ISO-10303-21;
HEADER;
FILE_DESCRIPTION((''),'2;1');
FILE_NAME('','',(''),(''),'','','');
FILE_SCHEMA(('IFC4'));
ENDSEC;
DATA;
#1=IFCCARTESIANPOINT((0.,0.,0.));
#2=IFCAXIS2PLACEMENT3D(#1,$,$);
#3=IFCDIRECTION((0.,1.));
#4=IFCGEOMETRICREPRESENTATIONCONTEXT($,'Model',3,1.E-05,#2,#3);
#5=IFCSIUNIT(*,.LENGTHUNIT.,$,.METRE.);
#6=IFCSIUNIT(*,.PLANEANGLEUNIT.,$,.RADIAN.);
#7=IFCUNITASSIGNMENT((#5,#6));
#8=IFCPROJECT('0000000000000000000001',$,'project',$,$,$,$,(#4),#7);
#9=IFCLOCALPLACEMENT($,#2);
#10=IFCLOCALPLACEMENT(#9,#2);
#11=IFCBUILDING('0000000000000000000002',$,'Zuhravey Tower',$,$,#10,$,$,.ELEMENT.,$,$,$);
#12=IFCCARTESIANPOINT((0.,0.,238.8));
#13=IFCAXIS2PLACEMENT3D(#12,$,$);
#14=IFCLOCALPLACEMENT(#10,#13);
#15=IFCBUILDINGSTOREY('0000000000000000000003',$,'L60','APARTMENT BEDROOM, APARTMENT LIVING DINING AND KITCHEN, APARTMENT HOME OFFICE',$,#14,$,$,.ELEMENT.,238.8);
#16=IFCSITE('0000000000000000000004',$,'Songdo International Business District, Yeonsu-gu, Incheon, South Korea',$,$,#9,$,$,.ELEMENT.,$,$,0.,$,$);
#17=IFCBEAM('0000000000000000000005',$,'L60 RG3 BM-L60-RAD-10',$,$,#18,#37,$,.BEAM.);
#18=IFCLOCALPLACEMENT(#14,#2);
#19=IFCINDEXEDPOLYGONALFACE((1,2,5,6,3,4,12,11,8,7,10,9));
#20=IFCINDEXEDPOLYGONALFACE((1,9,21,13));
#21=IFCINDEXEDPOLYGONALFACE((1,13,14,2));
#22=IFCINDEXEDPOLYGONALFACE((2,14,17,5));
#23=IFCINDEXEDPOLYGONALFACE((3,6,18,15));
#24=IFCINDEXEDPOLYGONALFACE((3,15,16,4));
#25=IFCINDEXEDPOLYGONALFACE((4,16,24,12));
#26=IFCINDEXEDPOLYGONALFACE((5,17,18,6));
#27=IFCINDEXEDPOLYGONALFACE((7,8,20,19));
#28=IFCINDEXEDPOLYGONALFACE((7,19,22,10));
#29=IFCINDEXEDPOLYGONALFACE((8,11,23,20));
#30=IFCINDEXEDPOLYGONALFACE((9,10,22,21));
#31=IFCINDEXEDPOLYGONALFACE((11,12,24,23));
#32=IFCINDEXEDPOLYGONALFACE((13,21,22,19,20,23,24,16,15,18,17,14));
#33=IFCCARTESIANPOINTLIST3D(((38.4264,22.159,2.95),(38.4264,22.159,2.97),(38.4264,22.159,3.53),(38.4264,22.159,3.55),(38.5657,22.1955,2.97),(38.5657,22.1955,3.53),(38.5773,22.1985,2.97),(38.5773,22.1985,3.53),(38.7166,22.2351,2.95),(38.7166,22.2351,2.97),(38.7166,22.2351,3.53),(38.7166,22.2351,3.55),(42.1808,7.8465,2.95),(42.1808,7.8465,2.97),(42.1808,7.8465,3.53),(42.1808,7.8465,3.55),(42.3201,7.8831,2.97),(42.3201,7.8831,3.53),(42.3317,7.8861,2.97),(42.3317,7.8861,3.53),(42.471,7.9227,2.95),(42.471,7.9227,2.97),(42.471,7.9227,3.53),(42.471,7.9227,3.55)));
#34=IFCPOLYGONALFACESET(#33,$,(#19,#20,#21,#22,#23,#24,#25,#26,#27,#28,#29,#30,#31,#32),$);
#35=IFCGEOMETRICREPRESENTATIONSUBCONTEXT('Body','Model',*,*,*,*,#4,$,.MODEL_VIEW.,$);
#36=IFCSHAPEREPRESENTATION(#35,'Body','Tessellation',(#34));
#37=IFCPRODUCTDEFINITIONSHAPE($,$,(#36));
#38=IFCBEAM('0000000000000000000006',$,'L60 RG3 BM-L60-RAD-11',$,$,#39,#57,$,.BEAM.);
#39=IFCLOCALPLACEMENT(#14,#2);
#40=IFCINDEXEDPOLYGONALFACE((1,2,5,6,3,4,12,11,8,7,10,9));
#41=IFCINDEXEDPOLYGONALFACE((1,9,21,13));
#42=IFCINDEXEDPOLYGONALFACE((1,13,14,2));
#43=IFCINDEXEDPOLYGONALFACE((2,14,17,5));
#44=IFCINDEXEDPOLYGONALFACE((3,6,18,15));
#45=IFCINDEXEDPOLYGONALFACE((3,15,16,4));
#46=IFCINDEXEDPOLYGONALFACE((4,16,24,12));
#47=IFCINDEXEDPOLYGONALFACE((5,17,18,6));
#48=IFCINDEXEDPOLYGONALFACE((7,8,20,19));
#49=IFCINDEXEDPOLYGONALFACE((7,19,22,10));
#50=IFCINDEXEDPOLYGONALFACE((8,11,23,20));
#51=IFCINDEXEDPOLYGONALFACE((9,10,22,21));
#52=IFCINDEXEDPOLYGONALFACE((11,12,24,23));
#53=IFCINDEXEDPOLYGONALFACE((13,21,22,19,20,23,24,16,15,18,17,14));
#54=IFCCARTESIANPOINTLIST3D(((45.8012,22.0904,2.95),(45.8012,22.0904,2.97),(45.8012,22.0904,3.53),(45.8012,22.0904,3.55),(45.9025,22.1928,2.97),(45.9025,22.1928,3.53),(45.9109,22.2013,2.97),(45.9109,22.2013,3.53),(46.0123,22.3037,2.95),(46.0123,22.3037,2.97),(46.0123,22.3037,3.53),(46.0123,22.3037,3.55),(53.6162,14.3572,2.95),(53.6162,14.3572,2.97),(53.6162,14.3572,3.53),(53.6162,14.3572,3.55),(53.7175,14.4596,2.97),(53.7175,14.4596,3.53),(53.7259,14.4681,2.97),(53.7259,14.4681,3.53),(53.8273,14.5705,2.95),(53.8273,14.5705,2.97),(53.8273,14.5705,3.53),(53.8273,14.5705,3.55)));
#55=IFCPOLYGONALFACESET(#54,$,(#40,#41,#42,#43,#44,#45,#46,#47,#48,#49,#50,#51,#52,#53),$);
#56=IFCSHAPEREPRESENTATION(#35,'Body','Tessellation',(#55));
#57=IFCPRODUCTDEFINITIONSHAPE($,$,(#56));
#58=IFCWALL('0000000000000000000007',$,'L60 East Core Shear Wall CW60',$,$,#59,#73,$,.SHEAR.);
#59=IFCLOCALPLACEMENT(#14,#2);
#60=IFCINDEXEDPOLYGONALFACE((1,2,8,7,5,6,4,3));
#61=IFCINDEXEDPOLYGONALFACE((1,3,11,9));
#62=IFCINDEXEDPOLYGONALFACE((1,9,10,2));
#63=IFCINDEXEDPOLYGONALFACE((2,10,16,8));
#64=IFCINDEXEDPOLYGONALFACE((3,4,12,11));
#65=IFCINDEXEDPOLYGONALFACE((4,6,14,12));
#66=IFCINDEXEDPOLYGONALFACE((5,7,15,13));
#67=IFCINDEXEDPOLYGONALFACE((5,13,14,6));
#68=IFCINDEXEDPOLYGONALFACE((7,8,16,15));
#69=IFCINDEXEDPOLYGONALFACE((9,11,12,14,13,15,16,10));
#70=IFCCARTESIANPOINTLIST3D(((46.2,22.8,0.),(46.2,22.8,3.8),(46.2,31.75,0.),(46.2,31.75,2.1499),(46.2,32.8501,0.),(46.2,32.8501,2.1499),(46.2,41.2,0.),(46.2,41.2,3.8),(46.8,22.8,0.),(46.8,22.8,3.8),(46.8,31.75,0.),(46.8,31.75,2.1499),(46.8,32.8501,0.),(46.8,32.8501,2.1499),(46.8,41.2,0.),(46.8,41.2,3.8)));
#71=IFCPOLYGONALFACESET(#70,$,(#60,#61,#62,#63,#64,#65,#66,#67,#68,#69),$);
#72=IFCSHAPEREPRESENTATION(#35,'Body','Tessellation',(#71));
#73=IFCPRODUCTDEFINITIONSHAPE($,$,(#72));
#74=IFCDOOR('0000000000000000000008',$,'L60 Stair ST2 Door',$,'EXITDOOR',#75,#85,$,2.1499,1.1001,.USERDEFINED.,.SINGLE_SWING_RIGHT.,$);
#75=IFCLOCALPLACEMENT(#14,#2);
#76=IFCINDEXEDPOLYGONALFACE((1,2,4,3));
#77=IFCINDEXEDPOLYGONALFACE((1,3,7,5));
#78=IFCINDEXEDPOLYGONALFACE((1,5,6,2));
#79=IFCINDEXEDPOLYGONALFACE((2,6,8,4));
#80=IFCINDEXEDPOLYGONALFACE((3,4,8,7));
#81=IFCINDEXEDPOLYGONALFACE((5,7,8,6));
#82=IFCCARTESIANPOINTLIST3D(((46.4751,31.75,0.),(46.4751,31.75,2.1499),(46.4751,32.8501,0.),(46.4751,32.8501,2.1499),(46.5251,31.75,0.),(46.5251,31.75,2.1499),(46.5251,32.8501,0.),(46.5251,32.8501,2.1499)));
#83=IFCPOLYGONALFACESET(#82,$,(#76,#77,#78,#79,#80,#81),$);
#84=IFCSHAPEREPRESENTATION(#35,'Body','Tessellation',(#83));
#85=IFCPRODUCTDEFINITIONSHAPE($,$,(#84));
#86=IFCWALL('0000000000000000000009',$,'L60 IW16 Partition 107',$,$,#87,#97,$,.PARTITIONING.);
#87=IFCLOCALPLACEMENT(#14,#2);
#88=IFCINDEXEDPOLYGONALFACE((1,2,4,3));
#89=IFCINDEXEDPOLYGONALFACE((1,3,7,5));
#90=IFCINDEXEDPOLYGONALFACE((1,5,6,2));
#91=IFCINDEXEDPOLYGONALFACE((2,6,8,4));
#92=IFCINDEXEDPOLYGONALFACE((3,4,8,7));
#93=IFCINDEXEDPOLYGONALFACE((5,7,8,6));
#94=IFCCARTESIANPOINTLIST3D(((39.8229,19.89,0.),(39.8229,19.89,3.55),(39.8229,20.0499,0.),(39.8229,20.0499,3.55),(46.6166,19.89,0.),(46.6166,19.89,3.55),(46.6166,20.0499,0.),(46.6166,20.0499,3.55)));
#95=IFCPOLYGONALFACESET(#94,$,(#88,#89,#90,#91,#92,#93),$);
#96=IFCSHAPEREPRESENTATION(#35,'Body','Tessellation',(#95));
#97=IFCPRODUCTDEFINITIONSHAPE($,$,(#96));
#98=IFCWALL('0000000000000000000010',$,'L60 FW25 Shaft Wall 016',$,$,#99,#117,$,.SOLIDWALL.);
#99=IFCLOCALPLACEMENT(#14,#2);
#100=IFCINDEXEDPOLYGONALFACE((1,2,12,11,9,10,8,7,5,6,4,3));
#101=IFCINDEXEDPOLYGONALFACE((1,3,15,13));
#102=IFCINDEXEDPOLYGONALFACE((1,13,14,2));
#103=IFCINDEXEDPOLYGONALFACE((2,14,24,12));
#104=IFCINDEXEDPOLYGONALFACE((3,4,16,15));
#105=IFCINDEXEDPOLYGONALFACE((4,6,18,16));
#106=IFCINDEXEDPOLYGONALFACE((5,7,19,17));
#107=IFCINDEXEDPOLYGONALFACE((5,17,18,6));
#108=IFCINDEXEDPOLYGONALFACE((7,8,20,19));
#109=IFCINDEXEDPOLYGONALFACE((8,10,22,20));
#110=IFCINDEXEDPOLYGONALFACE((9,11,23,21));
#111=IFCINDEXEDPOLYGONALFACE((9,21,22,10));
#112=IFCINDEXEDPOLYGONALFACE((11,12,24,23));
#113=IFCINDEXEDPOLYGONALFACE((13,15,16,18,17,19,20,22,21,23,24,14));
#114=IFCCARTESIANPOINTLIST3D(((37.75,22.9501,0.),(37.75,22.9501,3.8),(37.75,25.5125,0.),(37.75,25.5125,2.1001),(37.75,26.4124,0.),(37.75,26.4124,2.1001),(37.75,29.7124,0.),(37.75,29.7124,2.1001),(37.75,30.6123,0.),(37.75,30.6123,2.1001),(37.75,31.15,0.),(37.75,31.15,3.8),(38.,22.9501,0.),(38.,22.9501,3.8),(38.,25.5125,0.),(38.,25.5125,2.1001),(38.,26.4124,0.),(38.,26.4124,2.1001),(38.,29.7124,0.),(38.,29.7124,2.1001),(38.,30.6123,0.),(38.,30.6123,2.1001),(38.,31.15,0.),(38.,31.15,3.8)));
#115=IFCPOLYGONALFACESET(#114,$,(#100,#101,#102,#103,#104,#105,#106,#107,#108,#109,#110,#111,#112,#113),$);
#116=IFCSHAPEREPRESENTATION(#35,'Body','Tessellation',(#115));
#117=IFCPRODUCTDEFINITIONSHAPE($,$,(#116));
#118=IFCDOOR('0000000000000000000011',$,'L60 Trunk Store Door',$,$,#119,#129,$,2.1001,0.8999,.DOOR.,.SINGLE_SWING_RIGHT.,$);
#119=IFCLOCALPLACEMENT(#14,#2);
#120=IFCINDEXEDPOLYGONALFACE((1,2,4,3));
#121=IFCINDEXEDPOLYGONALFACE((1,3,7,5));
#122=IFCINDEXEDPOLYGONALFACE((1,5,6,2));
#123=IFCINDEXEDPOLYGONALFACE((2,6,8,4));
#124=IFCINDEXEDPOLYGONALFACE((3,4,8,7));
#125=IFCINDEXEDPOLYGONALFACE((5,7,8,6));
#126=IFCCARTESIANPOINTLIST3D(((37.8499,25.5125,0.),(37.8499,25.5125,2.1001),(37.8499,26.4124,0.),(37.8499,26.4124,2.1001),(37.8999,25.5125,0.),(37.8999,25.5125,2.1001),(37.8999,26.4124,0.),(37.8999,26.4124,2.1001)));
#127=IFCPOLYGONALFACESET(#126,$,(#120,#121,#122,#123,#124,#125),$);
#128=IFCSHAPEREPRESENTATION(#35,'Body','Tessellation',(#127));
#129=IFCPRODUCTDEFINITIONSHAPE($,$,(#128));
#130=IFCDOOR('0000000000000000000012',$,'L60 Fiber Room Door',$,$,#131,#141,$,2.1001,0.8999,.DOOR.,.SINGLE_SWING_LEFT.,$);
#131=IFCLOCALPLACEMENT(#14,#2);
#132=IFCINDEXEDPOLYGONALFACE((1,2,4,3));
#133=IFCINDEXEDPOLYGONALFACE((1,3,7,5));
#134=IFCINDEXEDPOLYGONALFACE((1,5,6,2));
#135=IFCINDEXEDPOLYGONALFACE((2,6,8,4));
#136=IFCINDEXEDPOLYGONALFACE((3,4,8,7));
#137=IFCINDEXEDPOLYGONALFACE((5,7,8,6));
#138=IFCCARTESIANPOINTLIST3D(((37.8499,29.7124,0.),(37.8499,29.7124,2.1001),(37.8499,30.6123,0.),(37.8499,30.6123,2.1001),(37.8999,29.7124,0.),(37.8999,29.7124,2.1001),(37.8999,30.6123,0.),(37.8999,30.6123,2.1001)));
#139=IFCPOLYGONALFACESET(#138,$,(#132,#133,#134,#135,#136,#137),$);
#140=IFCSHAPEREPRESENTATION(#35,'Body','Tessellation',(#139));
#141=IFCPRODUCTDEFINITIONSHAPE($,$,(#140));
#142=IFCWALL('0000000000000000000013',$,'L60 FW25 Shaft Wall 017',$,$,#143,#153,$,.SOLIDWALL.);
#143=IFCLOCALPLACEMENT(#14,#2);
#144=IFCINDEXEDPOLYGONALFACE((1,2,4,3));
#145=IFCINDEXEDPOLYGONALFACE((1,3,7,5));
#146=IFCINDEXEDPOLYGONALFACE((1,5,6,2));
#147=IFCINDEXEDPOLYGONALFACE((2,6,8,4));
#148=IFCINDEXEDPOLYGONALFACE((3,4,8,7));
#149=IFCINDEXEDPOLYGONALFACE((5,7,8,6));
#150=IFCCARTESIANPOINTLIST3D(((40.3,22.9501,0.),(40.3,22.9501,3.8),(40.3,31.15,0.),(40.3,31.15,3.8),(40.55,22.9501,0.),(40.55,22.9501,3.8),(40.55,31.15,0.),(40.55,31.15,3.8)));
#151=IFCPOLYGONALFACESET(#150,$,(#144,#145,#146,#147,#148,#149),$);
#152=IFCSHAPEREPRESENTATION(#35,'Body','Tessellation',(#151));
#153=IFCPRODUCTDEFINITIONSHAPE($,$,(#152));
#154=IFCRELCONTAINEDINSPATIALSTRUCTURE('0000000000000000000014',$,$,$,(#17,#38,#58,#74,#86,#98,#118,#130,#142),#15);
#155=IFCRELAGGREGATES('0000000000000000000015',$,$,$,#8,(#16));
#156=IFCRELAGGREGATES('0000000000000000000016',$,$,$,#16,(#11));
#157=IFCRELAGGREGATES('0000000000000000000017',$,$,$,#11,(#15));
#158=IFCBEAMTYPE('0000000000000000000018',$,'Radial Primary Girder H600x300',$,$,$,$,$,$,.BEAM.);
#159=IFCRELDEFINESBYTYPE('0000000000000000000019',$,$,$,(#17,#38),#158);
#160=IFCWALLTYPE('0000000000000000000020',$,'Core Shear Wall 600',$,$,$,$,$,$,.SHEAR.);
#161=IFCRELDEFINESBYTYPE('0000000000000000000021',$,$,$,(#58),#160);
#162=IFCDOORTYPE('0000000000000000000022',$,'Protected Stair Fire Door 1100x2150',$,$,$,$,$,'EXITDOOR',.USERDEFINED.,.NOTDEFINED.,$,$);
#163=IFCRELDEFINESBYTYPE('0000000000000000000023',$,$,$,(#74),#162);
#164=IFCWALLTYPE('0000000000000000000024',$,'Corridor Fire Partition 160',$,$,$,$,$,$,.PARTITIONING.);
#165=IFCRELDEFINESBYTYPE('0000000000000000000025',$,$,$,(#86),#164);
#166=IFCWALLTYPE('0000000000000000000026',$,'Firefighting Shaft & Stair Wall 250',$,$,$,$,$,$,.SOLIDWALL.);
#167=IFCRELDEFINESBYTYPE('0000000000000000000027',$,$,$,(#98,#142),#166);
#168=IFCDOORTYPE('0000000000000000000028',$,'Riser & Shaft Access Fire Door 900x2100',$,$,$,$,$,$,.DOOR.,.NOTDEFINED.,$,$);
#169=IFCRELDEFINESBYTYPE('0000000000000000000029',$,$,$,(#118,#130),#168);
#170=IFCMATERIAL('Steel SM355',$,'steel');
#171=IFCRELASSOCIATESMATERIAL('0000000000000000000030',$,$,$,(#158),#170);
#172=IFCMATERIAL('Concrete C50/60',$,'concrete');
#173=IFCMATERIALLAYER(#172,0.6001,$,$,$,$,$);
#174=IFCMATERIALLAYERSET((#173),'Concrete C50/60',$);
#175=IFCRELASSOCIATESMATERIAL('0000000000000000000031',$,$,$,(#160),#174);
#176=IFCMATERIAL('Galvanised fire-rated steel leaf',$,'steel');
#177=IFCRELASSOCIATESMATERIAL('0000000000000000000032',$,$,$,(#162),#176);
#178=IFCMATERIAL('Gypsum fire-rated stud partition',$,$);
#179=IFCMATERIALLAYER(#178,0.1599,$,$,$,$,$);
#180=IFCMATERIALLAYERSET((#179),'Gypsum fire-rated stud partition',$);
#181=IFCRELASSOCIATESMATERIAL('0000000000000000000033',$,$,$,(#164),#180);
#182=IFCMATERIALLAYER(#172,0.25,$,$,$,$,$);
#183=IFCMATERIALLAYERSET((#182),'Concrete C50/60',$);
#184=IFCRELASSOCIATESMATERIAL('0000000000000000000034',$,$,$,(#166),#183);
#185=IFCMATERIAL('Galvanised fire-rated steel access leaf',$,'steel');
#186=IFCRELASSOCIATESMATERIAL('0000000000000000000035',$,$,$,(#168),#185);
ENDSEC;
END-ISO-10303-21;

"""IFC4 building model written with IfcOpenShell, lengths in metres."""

from ifc_helpers import new_model, si_unit, direction, frame, frame_2d, origin, origin_2d, place, context, subcontext, project, spatial, rectangle, i_section, extrude, material, layer, layer_set, material_profile, profile_set, type_object, element, fill, save


model = new_model("IFC4")

# Units and contexts
model_context = context("Model", 3, precision=1e-05, world=origin(), true_north=direction((0.0, 1.0)))
body_context = subcontext(model_context, "Body", "Model", "MODEL_VIEW")
ifc_project = project(units=[si_unit("LENGTHUNIT", "METRE"), si_unit("PLANEANGLEUNIT", "RADIAN")], contexts=[model_context])

# Site, building, storey
site_placement = place(None, origin())
site = spatial("IfcSite", under=ifc_project, at=site_placement, Name="Songdo International Business District, Yeonsu-gu, Incheon, South Korea", CompositionType="ELEMENT", RefElevation=0.0)
building_placement = place(site_placement, origin())
building = spatial("IfcBuilding", under=site, at=building_placement, Name="Zuhravey Tower", CompositionType="ELEMENT")
storey_placement = place(building_placement, frame((0.0, 0.0, 238.8)))
storey = spatial("IfcBuildingStorey", under=building, at=storey_placement, Name="L60", Description="APARTMENT BEDROOM, APARTMENT LIVING DINING AND KITCHEN, APARTMENT HOME OFFICE", CompositionType="ELEMENT", Elevation=238.8)

# Beams
ifc_material_1 = material(Name="Steel SM355", Category="steel")
ifc_material_profile = material_profile(ifc_material_1, i_section(OverallWidth=0.3, OverallDepth=0.6001, WebThickness=0.012, FlangeThickness=0.02, at=origin_2d()), Name="H-600x300x12x20")
ifc_profile_set = profile_set([ifc_material_profile], Name="Steel SM355")
beam_type = type_object("IfcBeamType", Name="Radial Primary Girder H600x300", PredefinedType="BEAM", material=ifc_profile_set)
beam_1_placement = place(storey_placement, frame((38.5715, 22.197, 3.25), z_axis=(0.253731, -0.967275, 0.0), x_axis=(0.967275, 0.253731, 0.0)))
element("IfcBeam", 1, at=beam_1_placement, inside=storey, type_object=beam_type, Name="L60 RG3 BM-L60-RAD-10", PredefinedType="BEAM", context=body_context, shape_type="SweptSolid", body=[
    extrude(i_section(OverallWidth=0.3, OverallDepth=0.6001, WebThickness=0.012, FlangeThickness=0.02, at=origin_2d()), origin(), (0.0, 0.0, 1.0), 14.7966),
])
beam_2_placement = place(storey_placement, frame((45.9067, 22.197, 3.25), z_axis=(0.710817, -0.703377, 0.0), x_axis=(0.703377, 0.710817, 0.0)))
element("IfcBeam", 2, at=beam_2_placement, inside=storey, type_object=beam_type, Name="L60 RG3 BM-L60-RAD-11", PredefinedType="BEAM", context=body_context, shape_type="SweptSolid", body=[
    extrude(i_section(OverallWidth=0.3, OverallDepth=0.6001, WebThickness=0.012, FlangeThickness=0.02, at=origin_2d()), origin(), (0.0, 0.0, 1.0), 10.9944),
])

# Wall, opening, door
ifc_material_2 = material(Name="Concrete C50/60", Category="concrete")
ifc_layer_1 = layer(ifc_material_2, 0.6001)
ifc_layer_set_1 = layer_set([ifc_layer_1], Name="Concrete C50/60")
wall_type_1 = type_object("IfcWallType", Name="Core Shear Wall 600", PredefinedType="SHEAR", material=ifc_layer_set_1)
ifc_material_3 = material(Name="Galvanised fire-rated steel leaf", Category="steel")
wall_1_placement = place(storey_placement, frame((46.5, 22.8, 0.0), z_axis=(0.0, 0.0, 1.0), x_axis=(0.0, 1.0, 0.0)))
wall_1 = element("IfcWall", 3, at=wall_1_placement, inside=storey, type_object=wall_type_1, Name="L60 East Core Shear Wall CW60", PredefinedType="SHEAR", context=body_context, shape_type="SweptSolid", body=[
    extrude(rectangle(XDim=18.3999, YDim=0.6001, at=frame_2d((9.2, 0.0))), origin(), (0.0, 0.0, 1.0), 3.8),
])
opening_1_placement = place(wall_1_placement, frame((8.95, 0.0, 0.0)))
opening_1 = element("IfcOpeningElement", 4, at=opening_1_placement, cuts=wall_1, PredefinedType="OPENING", context=body_context, shape_type="SweptSolid", body=[
    extrude(rectangle(XDim=1.1001, YDim=2.1499, at=frame_2d((0.55, 1.075))), frame((0.0, 0.312, 0.0), z_axis=(0.0, -1.0, 0.0), x_axis=(1.0, 0.0, 0.0)), (0.0, 0.0, 1.0), 0.624),
])
door_type_1 = type_object("IfcDoorType", Name="Protected Stair Fire Door 1100x2150", ElementType="EXITDOOR", OperationType="NOTDEFINED", PredefinedType="USERDEFINED", material=ifc_material_3)
door_1_placement = place(opening_1_placement, origin())
door_1 = element("IfcDoor", 5, at=door_1_placement, inside=storey, type_object=door_type_1, Name="L60 Stair ST2 Door", ObjectType="EXITDOOR", OperationType="SINGLE_SWING_RIGHT", OverallHeight=2.1499, OverallWidth=1.1001, PredefinedType="USERDEFINED", context=body_context, shape_type="SweptSolid", body=[
    extrude(rectangle(XDim=1.1001, YDim=2.1499, at=frame_2d((0.55, 1.075))), frame((0.0, 0.0249, 0.0), z_axis=(0.0, -1.0, 0.0), x_axis=(1.0, 0.0, 0.0)), (0.0, 0.0, 1.0), 0.05),
])
fill(opening_1, door_1)

# Wall
ifc_material_4 = material(Name="Gypsum fire-rated stud partition")
ifc_layer_2 = layer(ifc_material_4, 0.1599)
ifc_layer_set_2 = layer_set([ifc_layer_2], Name="Gypsum fire-rated stud partition")
wall_type_2 = type_object("IfcWallType", Name="Corridor Fire Partition 160", PredefinedType="PARTITIONING", material=ifc_layer_set_2)
wall_2_placement = place(storey_placement, frame((39.8228, 19.97, 0.0), z_axis=(0.0, 0.0, 1.0), x_axis=(1.0, 0.0, 0.0)))
element("IfcWall", 6, at=wall_2_placement, inside=storey, type_object=wall_type_2, Name="L60 IW16 Partition 107", PredefinedType="PARTITIONING", context=body_context, shape_type="SweptSolid", body=[
    extrude(rectangle(XDim=6.7937, YDim=0.1599, at=frame_2d((3.397, 0.0))), origin(), (0.0, 0.0, 1.0), 3.55),
])

# Wall, openings, doors
ifc_layer_3 = layer(ifc_material_2, 0.25)
ifc_layer_set_3 = layer_set([ifc_layer_3], Name="Concrete C50/60")
wall_type_3 = type_object("IfcWallType", Name="Firefighting Shaft & Stair Wall 250", PredefinedType="SOLIDWALL", material=ifc_layer_set_3)
wall_3_placement = place(storey_placement, frame((37.875, 22.95, 0.0), z_axis=(0.0, 0.0, 1.0), x_axis=(0.0, 1.0, 0.0)))
wall_3 = element("IfcWall", 7, at=wall_3_placement, inside=storey, type_object=wall_type_3, Name="L60 FW25 Shaft Wall 016", PredefinedType="SOLIDWALL", context=body_context, shape_type="SweptSolid", body=[
    extrude(rectangle(XDim=8.2, YDim=0.25, at=frame_2d((4.1001, 0.0))), origin(), (0.0, 0.0, 1.0), 3.8),
])
opening_2_placement = place(wall_3_placement, frame((2.5625, 0.0, 0.0)))
opening_2 = element("IfcOpeningElement", 8, at=opening_2_placement, cuts=wall_3, PredefinedType="OPENING", context=body_context, shape_type="SweptSolid", body=[
    extrude(rectangle(XDim=0.8999, YDim=2.1001, at=frame_2d((0.45, 1.05))), frame((0.0, 0.137, 0.0), z_axis=(0.0, -1.0, 0.0), x_axis=(1.0, 0.0, 0.0)), (0.0, 0.0, 1.0), 0.2739),
])
opening_3_placement = place(wall_3_placement, frame((6.7625, 0.0, 0.0)))
opening_3 = element("IfcOpeningElement", 9, at=opening_3_placement, cuts=wall_3, PredefinedType="OPENING", context=body_context, shape_type="SweptSolid", body=[
    extrude(rectangle(XDim=0.8999, YDim=2.1001, at=frame_2d((0.45, 1.05))), frame((0.0, 0.137, 0.0), z_axis=(0.0, -1.0, 0.0), x_axis=(1.0, 0.0, 0.0)), (0.0, 0.0, 1.0), 0.2739),
])
ifc_material_5 = material(Name="Galvanised fire-rated steel access leaf", Category="steel")
door_type_2 = type_object("IfcDoorType", Name="Riser & Shaft Access Fire Door 900x2100", OperationType="NOTDEFINED", PredefinedType="DOOR", material=ifc_material_5)
door_2_placement = place(opening_2_placement, frame((0.8999, 0.0, 0.0), z_axis=(0.0, 0.0, 1.0), x_axis=(-1.0, 0.0, 0.0)))
door_2 = element("IfcDoor", 10, at=door_2_placement, inside=storey, type_object=door_type_2, Name="L60 Trunk Store Door", OperationType="SINGLE_SWING_RIGHT", OverallHeight=2.1001, OverallWidth=0.8999, PredefinedType="DOOR", context=body_context, shape_type="SweptSolid", body=[
    extrude(rectangle(XDim=0.8999, YDim=2.1001, at=frame_2d((0.45, 1.05))), frame((0.0, 0.0249, 0.0), z_axis=(0.0, -1.0, 0.0), x_axis=(1.0, 0.0, 0.0)), (0.0, 0.0, 1.0), 0.05),
])
fill(opening_2, door_2)
door_3_placement = place(opening_3_placement, frame((0.8999, 0.0, 0.0), z_axis=(0.0, 0.0, 1.0), x_axis=(-1.0, 0.0, 0.0)))
door_3 = element("IfcDoor", 11, at=door_3_placement, inside=storey, type_object=door_type_2, Name="L60 Fiber Room Door", OperationType="SINGLE_SWING_LEFT", OverallHeight=2.1001, OverallWidth=0.8999, PredefinedType="DOOR", context=body_context, shape_type="SweptSolid", body=[
    extrude(rectangle(XDim=0.8999, YDim=2.1001, at=frame_2d((0.45, 1.05))), frame((0.0, 0.0249, 0.0), z_axis=(0.0, -1.0, 0.0), x_axis=(1.0, 0.0, 0.0)), (0.0, 0.0, 1.0), 0.05),
])
fill(opening_3, door_3)

# Wall
wall_4_placement = place(storey_placement, frame((40.425, 22.95, 0.0), z_axis=(0.0, 0.0, 1.0), x_axis=(0.0, 1.0, 0.0)))
element("IfcWall", 12, at=wall_4_placement, inside=storey, type_object=wall_type_3, Name="L60 FW25 Shaft Wall 017", PredefinedType="SOLIDWALL", context=body_context, shape_type="SweptSolid", body=[
    extrude(rectangle(XDim=8.2, YDim=0.25, at=frame_2d((4.1001, 0.0))), origin(), (0.0, 0.0, 1.0), 3.8),
])

save(model, "model.ifc")
